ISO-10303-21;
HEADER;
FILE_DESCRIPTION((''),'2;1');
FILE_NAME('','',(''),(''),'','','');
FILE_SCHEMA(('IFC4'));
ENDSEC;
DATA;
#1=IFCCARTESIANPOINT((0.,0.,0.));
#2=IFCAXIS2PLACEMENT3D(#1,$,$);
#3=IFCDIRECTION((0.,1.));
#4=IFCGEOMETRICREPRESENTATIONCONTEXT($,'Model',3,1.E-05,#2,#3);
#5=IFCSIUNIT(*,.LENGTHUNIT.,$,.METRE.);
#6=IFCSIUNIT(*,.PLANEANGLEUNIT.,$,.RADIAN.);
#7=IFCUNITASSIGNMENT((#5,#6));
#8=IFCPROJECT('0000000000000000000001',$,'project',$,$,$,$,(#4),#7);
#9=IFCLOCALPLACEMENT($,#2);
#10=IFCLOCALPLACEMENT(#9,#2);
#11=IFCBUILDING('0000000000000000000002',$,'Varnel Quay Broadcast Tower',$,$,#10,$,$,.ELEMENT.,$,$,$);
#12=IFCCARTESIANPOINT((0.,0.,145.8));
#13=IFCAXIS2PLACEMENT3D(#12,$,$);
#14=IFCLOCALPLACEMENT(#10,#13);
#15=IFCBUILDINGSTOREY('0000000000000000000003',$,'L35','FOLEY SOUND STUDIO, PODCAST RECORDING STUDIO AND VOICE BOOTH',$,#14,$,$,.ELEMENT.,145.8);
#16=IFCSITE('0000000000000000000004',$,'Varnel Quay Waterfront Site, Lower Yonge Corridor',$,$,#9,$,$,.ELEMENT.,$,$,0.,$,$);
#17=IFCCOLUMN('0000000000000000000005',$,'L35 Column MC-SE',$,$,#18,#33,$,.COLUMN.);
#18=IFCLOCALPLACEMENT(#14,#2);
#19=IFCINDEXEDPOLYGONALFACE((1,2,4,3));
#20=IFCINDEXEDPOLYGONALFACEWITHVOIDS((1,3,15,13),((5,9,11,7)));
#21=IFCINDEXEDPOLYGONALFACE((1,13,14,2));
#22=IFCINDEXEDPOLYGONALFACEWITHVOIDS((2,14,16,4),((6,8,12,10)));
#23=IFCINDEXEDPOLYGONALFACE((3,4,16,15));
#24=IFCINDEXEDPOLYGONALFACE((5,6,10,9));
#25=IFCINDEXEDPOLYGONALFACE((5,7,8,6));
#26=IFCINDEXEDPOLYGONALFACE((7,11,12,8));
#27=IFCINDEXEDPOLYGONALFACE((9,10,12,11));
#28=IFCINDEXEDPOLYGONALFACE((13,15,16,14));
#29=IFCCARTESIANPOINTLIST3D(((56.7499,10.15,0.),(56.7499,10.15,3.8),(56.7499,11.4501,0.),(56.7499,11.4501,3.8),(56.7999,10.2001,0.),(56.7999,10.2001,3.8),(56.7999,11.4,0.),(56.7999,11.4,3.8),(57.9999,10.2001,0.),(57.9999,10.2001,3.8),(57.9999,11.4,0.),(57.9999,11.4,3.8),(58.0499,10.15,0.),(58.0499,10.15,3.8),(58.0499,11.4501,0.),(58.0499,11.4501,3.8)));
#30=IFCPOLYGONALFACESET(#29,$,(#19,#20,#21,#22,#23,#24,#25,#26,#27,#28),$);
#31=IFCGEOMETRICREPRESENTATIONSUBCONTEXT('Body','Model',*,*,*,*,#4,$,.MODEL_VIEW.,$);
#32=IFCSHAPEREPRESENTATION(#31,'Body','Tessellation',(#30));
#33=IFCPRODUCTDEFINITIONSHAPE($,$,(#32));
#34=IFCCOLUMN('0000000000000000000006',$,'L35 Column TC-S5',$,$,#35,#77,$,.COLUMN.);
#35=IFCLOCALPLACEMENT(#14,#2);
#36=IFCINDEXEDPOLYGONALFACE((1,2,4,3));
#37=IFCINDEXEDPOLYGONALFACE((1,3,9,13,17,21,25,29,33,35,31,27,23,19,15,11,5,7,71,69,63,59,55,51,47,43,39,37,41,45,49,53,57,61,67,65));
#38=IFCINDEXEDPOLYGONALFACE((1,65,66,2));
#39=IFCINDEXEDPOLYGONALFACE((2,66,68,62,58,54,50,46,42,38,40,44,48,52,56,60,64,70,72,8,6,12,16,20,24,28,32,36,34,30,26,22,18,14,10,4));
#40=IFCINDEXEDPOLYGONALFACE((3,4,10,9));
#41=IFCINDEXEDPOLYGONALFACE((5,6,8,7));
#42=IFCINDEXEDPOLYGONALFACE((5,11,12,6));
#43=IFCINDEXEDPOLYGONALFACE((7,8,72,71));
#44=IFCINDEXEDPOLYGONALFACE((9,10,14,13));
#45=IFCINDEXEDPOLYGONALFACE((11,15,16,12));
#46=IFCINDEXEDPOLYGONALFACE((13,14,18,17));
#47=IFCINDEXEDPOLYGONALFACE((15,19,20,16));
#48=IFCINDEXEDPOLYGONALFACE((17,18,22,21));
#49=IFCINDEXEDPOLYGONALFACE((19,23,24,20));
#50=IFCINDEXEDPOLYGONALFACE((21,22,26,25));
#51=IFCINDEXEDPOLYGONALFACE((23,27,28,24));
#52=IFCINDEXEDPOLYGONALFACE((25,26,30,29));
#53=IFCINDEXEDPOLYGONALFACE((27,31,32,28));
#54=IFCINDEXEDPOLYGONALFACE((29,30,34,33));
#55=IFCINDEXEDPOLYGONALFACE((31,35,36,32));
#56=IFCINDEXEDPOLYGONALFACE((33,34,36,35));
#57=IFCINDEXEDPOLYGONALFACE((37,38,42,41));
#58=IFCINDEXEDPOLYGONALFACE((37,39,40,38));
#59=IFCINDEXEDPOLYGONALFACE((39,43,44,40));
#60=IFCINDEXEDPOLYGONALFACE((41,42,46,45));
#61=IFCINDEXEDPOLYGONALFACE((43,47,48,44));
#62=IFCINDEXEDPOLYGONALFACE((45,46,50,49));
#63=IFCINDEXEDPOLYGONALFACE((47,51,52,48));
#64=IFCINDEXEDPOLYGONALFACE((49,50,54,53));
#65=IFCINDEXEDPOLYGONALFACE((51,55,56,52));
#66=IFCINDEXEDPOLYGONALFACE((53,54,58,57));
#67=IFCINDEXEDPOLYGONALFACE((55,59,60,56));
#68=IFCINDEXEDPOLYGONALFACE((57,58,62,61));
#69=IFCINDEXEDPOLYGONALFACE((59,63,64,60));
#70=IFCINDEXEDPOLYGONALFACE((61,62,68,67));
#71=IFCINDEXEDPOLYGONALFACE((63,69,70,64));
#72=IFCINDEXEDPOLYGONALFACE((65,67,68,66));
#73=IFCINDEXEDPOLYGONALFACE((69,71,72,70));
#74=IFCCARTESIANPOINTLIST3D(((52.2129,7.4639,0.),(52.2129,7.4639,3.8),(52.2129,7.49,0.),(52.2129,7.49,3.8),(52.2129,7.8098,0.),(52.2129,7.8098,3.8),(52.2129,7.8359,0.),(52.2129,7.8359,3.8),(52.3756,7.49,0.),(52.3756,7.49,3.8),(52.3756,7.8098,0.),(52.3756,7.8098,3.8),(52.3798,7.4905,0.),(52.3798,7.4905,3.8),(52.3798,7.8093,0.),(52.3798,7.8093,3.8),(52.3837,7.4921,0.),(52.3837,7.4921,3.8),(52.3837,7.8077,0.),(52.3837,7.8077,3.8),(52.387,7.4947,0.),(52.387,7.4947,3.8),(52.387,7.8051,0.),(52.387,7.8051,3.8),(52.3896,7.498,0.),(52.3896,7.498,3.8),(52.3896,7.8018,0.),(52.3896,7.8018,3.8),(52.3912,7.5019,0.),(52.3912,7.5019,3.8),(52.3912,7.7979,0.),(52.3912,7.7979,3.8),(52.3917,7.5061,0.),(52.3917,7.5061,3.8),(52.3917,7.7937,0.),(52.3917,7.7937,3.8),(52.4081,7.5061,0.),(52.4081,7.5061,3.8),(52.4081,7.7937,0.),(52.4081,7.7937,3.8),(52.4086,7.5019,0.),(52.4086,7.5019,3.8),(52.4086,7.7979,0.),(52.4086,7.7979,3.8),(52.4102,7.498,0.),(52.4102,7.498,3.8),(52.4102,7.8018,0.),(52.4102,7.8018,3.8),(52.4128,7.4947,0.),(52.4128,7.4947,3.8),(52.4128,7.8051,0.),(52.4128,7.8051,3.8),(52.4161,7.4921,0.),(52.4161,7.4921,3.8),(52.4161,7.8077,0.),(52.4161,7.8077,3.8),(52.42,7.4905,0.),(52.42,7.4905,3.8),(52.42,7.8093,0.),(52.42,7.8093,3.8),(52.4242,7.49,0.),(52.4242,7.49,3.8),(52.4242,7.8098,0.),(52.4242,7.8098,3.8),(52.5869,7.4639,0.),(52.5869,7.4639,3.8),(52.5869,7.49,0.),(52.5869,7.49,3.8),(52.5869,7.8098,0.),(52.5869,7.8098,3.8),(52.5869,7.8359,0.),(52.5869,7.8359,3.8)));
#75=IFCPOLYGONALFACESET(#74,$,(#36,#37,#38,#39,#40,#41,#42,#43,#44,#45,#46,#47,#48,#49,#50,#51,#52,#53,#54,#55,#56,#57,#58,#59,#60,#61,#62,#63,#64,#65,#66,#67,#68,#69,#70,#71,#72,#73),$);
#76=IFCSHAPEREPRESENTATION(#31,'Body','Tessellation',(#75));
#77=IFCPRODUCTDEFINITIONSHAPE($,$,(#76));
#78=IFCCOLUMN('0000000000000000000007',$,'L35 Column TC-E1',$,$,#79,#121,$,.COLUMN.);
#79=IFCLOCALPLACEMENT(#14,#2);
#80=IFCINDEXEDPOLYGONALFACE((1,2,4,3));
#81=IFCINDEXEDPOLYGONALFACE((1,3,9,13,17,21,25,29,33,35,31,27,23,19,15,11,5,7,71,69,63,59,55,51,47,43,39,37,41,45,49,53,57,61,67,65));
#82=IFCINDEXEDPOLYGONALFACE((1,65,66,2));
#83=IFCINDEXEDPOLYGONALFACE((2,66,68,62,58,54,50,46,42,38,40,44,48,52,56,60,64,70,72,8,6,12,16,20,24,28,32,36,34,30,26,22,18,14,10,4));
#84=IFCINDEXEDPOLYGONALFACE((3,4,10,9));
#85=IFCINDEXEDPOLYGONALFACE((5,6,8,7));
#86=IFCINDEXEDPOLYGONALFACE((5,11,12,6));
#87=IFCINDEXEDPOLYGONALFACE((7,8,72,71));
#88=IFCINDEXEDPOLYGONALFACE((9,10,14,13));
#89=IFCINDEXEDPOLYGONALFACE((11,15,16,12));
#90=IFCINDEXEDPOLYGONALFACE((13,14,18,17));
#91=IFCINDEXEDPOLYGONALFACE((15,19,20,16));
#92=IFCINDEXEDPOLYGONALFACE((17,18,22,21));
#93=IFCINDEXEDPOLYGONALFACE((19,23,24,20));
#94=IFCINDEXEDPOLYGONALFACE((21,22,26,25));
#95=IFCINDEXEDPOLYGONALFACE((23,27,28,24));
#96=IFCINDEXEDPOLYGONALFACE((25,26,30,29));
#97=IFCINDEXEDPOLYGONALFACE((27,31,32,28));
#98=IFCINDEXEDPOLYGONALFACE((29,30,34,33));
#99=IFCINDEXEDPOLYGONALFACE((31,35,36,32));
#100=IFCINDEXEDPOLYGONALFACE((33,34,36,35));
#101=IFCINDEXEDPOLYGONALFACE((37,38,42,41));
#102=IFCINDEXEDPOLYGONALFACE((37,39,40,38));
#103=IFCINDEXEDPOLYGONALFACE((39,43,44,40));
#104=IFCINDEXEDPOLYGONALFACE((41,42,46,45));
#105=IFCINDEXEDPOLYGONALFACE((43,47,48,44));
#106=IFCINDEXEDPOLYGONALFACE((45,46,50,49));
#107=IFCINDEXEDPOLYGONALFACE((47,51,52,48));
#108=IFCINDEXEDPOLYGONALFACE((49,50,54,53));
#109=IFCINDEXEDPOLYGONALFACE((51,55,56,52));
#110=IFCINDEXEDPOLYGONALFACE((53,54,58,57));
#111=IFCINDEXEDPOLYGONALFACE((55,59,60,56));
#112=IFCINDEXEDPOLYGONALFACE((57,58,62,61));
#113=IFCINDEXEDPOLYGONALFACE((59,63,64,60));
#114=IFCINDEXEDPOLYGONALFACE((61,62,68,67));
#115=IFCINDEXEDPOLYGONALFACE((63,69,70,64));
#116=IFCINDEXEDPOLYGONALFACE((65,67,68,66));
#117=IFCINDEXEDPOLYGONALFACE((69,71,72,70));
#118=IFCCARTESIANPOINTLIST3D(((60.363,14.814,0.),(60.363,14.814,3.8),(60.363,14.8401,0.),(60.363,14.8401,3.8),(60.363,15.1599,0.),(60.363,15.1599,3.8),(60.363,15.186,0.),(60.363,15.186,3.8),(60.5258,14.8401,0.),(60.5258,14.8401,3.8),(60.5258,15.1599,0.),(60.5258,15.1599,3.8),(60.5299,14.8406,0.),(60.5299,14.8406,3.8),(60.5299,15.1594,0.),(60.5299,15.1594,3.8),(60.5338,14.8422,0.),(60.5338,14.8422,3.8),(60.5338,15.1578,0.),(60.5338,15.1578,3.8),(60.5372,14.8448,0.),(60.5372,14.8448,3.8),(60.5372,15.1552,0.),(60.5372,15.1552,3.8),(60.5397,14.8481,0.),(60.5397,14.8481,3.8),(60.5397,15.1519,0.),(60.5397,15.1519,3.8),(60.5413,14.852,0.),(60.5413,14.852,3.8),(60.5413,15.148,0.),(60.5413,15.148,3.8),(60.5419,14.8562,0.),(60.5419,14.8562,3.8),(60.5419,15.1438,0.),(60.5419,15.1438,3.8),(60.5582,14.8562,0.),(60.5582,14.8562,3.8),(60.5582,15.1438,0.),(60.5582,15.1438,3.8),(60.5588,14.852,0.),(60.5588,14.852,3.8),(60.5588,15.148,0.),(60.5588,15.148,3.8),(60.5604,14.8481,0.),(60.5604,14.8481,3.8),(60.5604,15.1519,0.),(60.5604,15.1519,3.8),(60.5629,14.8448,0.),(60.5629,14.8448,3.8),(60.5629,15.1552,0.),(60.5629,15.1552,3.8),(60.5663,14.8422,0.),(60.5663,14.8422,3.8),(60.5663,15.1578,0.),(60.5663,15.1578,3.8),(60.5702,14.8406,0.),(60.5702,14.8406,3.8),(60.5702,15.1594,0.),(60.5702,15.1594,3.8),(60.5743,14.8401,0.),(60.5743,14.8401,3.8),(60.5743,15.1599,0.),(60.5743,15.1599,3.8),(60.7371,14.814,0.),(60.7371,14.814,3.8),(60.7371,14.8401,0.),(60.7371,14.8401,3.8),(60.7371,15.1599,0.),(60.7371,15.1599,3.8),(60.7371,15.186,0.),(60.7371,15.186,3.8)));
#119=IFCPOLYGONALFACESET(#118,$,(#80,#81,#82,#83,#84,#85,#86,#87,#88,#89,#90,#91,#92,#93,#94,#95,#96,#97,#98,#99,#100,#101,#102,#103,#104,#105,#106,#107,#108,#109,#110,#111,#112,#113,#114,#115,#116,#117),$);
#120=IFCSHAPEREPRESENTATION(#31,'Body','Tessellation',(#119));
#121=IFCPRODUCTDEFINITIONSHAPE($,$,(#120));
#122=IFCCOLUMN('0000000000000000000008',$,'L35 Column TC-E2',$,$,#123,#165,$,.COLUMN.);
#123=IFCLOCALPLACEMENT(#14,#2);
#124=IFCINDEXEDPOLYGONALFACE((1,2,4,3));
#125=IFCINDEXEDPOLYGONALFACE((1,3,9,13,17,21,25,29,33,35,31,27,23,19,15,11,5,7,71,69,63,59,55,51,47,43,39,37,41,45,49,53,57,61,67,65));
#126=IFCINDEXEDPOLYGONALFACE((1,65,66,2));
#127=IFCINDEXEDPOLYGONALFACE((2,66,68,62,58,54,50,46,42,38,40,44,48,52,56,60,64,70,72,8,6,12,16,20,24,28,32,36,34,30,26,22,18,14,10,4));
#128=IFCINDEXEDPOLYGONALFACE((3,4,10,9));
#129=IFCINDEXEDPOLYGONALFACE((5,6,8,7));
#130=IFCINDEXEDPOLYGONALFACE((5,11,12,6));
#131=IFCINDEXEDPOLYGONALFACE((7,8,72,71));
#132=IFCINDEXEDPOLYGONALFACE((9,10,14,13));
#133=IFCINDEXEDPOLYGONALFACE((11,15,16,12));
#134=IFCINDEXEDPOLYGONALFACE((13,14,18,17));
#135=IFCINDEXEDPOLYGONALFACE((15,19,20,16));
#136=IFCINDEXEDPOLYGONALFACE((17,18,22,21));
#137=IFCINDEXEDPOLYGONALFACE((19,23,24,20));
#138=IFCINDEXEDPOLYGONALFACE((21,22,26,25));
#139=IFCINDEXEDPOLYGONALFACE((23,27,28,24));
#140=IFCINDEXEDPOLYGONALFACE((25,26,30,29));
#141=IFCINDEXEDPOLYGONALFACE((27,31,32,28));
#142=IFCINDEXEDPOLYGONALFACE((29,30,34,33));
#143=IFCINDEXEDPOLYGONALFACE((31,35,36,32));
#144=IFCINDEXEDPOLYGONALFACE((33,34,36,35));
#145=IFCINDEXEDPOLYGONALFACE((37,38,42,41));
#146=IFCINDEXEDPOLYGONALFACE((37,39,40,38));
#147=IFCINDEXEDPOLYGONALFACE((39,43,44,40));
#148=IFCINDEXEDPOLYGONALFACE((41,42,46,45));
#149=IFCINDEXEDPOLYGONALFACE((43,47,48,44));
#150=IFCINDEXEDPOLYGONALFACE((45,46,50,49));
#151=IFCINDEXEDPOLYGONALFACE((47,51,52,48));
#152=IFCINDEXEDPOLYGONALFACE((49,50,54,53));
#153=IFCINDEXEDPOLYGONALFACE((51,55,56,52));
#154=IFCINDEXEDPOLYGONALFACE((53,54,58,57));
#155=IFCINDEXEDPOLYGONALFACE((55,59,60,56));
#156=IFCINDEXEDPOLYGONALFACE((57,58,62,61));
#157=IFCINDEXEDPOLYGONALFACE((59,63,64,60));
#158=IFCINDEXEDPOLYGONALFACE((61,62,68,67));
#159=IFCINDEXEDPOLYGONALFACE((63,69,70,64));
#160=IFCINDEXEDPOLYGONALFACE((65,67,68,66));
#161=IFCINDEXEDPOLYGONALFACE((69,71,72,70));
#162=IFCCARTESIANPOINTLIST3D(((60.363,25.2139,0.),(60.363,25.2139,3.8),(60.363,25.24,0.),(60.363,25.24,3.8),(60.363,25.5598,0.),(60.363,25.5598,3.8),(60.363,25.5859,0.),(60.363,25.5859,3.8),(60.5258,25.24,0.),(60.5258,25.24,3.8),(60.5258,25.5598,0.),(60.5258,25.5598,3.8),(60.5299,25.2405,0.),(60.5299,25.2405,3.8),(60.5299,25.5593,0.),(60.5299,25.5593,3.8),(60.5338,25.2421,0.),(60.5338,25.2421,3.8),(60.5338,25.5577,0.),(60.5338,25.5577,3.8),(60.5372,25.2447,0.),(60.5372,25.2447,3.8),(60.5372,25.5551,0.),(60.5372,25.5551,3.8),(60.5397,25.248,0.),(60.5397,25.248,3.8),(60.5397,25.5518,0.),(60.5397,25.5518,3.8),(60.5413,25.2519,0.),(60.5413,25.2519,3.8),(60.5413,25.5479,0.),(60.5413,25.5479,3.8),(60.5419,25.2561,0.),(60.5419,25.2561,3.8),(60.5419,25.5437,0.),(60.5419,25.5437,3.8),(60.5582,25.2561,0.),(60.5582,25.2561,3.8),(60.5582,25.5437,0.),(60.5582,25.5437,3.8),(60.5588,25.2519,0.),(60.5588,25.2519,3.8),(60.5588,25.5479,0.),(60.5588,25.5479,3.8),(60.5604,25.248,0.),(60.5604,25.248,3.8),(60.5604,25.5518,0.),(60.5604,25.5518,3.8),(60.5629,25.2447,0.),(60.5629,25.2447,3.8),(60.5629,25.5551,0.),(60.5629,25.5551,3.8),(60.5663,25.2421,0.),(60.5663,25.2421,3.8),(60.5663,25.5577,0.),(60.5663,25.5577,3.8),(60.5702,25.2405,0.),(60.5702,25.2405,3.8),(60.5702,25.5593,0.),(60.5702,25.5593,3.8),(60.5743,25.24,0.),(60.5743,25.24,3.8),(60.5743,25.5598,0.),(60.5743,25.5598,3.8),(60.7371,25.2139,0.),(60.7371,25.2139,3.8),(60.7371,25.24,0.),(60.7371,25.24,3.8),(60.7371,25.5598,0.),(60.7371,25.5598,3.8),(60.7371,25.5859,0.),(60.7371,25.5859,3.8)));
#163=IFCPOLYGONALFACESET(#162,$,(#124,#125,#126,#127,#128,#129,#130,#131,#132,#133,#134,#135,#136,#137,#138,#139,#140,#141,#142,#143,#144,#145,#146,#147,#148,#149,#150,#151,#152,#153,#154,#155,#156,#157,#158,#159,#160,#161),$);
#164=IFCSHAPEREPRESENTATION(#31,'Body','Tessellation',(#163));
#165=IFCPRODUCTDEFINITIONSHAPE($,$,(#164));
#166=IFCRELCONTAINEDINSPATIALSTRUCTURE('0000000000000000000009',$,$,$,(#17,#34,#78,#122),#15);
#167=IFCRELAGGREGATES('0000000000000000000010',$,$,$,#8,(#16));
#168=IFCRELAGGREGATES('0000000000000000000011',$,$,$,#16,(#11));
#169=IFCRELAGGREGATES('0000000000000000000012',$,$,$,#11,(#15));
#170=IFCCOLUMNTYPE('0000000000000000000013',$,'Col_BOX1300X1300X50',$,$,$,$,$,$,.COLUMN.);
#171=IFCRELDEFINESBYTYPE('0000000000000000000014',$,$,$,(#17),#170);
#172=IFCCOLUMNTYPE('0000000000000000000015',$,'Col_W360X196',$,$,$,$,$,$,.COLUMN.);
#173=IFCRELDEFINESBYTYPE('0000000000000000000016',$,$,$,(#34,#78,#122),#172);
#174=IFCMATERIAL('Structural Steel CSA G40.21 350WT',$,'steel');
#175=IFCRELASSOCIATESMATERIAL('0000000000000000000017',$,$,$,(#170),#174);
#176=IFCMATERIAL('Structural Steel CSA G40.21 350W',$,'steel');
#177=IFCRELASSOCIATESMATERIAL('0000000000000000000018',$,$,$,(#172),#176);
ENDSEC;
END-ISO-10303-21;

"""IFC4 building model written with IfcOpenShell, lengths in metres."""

from ifc_helpers import new_model, si_unit, direction, frame, origin, origin_2d, place, context, subcontext, project, spatial, hollow_rectangle, i_section, extrude, source, transform, mapped, material, material_profile, profile_set, type_object, type_shapes, element, save


model = new_model("IFC4")

# Units and contexts
model_context = context("Model", 3, precision=1e-05, world=origin(), true_north=direction((0.0, 1.0)))
body_context = subcontext(model_context, "Body", "Model", "MODEL_VIEW")
ifc_project = project(units=[si_unit("LENGTHUNIT", "METRE"), si_unit("PLANEANGLEUNIT", "RADIAN")], contexts=[model_context])

# Site, building, storey
site_placement = place(None, origin())
site = spatial("IfcSite", under=ifc_project, at=site_placement, Name="Varnel Quay Waterfront Site, Lower Yonge Corridor", CompositionType="ELEMENT", RefElevation=0.0)
building_placement = place(site_placement, origin())
building = spatial("IfcBuilding", under=site, at=building_placement, Name="Varnel Quay Broadcast Tower", CompositionType="ELEMENT")
storey_placement = place(building_placement, frame((0.0, 0.0, 145.8)))
storey = spatial("IfcBuildingStorey", under=building, at=storey_placement, Name="L35", Description="FOLEY SOUND STUDIO, PODCAST RECORDING STUDIO AND VOICE BOOTH", CompositionType="ELEMENT", Elevation=145.8)

# Columns
ifc_material_1 = material(Name="Structural Steel CSA G40.21 350WT", Category="steel")
ifc_material_profile_1 = material_profile(ifc_material_1, hollow_rectangle(XDim=1.3, YDim=1.3, WallThickness=0.05, at=origin_2d()), Name="BOX1300X1300X50")
ifc_profile_set_1 = profile_set([ifc_material_profile_1], Name="Structural Steel CSA G40.21 350WT")
column_type_1 = type_object("IfcColumnType", Name="Col_BOX1300X1300X50", PredefinedType="COLUMN", material=ifc_profile_set_1)
shared_shape_1 = source(origin(), body_context, "Body", "SweptSolid", [
    extrude(hollow_rectangle(XDim=1.3, YDim=1.3, WallThickness=0.05, at=origin_2d()), origin(), (0.0, 0.0, 1.0), 3.8),
])
type_shapes(column_type_1, [shared_shape_1])
column_placement = place(storey_placement, frame((57.3999, 10.8, 0.0), z_axis=(0.0, 0.0, 1.0), x_axis=(1.0, 0.0, 0.0)))
element("IfcColumn", 1, at=column_placement, inside=storey, type_object=column_type_1, Name="L35 Column MC-SE", PredefinedType="COLUMN", context=body_context, shape_type="MappedRepresentation", body=[
    mapped(shared_shape_1, transform((0.0, 0.0, 0.0), x_axis=(1.0, 0.0, 0.0), y_axis=(0.0, 1.0, 0.0), z_axis=(0.0, 0.0, 1.0), scale=1.0)),
])
ifc_material_2 = material(Name="Structural Steel CSA G40.21 350W", Category="steel")
ifc_material_profile_2 = material_profile(ifc_material_2, i_section(OverallWidth=0.374, OverallDepth=0.3721, WebThickness=0.0164, FlangeThickness=0.0261, FilletRadius=0.0161, at=origin_2d()), Name="W360X196")
ifc_profile_set_2 = profile_set([ifc_material_profile_2], Name="Structural Steel CSA G40.21 350W")
column_type_2 = type_object("IfcColumnType", Name="Col_W360X196", PredefinedType="COLUMN", material=ifc_profile_set_2)
shared_shape_2 = source(origin(), body_context, "Body", "SweptSolid", [
    extrude(i_section(OverallWidth=0.374, OverallDepth=0.3721, WebThickness=0.0164, FlangeThickness=0.0261, FilletRadius=0.0161, at=origin_2d()), origin(), (0.0, 0.0, 1.0), 3.8),
])
type_shapes(column_type_2, [shared_shape_2])
for number, where, z_axis, x_axis, name in (
    (2, (52.3999, 7.6499, 0.0), (0.0, 0.0, 1.0), (1.0, 0.0, 0.0), "L35 Column TC-S5"),
    (3, (60.55, 15.0, 0.0), (0.0, 0.0, 1.0), (1.0, 0.0, 0.0), "L35 Column TC-E1"),
    (4, (60.55, 25.3999, 0.0), (0.0, 0.0, 1.0), (1.0, 0.0, 0.0), "L35 Column TC-E2"),
):
    element("IfcColumn", number, at=place(storey_placement, frame(where, z_axis=z_axis, x_axis=x_axis)), inside=storey, type_object=column_type_2, Name=name, PredefinedType="COLUMN", context=body_context, shape_type="MappedRepresentation", body=[
        mapped(shared_shape_2, transform((0.0, 0.0, 0.0), x_axis=(1.0, 0.0, 0.0), y_axis=(0.0, 1.0, 0.0), z_axis=(0.0, 0.0, 1.0), scale=1.0)),
    ])

save(model, "model.ifc")
